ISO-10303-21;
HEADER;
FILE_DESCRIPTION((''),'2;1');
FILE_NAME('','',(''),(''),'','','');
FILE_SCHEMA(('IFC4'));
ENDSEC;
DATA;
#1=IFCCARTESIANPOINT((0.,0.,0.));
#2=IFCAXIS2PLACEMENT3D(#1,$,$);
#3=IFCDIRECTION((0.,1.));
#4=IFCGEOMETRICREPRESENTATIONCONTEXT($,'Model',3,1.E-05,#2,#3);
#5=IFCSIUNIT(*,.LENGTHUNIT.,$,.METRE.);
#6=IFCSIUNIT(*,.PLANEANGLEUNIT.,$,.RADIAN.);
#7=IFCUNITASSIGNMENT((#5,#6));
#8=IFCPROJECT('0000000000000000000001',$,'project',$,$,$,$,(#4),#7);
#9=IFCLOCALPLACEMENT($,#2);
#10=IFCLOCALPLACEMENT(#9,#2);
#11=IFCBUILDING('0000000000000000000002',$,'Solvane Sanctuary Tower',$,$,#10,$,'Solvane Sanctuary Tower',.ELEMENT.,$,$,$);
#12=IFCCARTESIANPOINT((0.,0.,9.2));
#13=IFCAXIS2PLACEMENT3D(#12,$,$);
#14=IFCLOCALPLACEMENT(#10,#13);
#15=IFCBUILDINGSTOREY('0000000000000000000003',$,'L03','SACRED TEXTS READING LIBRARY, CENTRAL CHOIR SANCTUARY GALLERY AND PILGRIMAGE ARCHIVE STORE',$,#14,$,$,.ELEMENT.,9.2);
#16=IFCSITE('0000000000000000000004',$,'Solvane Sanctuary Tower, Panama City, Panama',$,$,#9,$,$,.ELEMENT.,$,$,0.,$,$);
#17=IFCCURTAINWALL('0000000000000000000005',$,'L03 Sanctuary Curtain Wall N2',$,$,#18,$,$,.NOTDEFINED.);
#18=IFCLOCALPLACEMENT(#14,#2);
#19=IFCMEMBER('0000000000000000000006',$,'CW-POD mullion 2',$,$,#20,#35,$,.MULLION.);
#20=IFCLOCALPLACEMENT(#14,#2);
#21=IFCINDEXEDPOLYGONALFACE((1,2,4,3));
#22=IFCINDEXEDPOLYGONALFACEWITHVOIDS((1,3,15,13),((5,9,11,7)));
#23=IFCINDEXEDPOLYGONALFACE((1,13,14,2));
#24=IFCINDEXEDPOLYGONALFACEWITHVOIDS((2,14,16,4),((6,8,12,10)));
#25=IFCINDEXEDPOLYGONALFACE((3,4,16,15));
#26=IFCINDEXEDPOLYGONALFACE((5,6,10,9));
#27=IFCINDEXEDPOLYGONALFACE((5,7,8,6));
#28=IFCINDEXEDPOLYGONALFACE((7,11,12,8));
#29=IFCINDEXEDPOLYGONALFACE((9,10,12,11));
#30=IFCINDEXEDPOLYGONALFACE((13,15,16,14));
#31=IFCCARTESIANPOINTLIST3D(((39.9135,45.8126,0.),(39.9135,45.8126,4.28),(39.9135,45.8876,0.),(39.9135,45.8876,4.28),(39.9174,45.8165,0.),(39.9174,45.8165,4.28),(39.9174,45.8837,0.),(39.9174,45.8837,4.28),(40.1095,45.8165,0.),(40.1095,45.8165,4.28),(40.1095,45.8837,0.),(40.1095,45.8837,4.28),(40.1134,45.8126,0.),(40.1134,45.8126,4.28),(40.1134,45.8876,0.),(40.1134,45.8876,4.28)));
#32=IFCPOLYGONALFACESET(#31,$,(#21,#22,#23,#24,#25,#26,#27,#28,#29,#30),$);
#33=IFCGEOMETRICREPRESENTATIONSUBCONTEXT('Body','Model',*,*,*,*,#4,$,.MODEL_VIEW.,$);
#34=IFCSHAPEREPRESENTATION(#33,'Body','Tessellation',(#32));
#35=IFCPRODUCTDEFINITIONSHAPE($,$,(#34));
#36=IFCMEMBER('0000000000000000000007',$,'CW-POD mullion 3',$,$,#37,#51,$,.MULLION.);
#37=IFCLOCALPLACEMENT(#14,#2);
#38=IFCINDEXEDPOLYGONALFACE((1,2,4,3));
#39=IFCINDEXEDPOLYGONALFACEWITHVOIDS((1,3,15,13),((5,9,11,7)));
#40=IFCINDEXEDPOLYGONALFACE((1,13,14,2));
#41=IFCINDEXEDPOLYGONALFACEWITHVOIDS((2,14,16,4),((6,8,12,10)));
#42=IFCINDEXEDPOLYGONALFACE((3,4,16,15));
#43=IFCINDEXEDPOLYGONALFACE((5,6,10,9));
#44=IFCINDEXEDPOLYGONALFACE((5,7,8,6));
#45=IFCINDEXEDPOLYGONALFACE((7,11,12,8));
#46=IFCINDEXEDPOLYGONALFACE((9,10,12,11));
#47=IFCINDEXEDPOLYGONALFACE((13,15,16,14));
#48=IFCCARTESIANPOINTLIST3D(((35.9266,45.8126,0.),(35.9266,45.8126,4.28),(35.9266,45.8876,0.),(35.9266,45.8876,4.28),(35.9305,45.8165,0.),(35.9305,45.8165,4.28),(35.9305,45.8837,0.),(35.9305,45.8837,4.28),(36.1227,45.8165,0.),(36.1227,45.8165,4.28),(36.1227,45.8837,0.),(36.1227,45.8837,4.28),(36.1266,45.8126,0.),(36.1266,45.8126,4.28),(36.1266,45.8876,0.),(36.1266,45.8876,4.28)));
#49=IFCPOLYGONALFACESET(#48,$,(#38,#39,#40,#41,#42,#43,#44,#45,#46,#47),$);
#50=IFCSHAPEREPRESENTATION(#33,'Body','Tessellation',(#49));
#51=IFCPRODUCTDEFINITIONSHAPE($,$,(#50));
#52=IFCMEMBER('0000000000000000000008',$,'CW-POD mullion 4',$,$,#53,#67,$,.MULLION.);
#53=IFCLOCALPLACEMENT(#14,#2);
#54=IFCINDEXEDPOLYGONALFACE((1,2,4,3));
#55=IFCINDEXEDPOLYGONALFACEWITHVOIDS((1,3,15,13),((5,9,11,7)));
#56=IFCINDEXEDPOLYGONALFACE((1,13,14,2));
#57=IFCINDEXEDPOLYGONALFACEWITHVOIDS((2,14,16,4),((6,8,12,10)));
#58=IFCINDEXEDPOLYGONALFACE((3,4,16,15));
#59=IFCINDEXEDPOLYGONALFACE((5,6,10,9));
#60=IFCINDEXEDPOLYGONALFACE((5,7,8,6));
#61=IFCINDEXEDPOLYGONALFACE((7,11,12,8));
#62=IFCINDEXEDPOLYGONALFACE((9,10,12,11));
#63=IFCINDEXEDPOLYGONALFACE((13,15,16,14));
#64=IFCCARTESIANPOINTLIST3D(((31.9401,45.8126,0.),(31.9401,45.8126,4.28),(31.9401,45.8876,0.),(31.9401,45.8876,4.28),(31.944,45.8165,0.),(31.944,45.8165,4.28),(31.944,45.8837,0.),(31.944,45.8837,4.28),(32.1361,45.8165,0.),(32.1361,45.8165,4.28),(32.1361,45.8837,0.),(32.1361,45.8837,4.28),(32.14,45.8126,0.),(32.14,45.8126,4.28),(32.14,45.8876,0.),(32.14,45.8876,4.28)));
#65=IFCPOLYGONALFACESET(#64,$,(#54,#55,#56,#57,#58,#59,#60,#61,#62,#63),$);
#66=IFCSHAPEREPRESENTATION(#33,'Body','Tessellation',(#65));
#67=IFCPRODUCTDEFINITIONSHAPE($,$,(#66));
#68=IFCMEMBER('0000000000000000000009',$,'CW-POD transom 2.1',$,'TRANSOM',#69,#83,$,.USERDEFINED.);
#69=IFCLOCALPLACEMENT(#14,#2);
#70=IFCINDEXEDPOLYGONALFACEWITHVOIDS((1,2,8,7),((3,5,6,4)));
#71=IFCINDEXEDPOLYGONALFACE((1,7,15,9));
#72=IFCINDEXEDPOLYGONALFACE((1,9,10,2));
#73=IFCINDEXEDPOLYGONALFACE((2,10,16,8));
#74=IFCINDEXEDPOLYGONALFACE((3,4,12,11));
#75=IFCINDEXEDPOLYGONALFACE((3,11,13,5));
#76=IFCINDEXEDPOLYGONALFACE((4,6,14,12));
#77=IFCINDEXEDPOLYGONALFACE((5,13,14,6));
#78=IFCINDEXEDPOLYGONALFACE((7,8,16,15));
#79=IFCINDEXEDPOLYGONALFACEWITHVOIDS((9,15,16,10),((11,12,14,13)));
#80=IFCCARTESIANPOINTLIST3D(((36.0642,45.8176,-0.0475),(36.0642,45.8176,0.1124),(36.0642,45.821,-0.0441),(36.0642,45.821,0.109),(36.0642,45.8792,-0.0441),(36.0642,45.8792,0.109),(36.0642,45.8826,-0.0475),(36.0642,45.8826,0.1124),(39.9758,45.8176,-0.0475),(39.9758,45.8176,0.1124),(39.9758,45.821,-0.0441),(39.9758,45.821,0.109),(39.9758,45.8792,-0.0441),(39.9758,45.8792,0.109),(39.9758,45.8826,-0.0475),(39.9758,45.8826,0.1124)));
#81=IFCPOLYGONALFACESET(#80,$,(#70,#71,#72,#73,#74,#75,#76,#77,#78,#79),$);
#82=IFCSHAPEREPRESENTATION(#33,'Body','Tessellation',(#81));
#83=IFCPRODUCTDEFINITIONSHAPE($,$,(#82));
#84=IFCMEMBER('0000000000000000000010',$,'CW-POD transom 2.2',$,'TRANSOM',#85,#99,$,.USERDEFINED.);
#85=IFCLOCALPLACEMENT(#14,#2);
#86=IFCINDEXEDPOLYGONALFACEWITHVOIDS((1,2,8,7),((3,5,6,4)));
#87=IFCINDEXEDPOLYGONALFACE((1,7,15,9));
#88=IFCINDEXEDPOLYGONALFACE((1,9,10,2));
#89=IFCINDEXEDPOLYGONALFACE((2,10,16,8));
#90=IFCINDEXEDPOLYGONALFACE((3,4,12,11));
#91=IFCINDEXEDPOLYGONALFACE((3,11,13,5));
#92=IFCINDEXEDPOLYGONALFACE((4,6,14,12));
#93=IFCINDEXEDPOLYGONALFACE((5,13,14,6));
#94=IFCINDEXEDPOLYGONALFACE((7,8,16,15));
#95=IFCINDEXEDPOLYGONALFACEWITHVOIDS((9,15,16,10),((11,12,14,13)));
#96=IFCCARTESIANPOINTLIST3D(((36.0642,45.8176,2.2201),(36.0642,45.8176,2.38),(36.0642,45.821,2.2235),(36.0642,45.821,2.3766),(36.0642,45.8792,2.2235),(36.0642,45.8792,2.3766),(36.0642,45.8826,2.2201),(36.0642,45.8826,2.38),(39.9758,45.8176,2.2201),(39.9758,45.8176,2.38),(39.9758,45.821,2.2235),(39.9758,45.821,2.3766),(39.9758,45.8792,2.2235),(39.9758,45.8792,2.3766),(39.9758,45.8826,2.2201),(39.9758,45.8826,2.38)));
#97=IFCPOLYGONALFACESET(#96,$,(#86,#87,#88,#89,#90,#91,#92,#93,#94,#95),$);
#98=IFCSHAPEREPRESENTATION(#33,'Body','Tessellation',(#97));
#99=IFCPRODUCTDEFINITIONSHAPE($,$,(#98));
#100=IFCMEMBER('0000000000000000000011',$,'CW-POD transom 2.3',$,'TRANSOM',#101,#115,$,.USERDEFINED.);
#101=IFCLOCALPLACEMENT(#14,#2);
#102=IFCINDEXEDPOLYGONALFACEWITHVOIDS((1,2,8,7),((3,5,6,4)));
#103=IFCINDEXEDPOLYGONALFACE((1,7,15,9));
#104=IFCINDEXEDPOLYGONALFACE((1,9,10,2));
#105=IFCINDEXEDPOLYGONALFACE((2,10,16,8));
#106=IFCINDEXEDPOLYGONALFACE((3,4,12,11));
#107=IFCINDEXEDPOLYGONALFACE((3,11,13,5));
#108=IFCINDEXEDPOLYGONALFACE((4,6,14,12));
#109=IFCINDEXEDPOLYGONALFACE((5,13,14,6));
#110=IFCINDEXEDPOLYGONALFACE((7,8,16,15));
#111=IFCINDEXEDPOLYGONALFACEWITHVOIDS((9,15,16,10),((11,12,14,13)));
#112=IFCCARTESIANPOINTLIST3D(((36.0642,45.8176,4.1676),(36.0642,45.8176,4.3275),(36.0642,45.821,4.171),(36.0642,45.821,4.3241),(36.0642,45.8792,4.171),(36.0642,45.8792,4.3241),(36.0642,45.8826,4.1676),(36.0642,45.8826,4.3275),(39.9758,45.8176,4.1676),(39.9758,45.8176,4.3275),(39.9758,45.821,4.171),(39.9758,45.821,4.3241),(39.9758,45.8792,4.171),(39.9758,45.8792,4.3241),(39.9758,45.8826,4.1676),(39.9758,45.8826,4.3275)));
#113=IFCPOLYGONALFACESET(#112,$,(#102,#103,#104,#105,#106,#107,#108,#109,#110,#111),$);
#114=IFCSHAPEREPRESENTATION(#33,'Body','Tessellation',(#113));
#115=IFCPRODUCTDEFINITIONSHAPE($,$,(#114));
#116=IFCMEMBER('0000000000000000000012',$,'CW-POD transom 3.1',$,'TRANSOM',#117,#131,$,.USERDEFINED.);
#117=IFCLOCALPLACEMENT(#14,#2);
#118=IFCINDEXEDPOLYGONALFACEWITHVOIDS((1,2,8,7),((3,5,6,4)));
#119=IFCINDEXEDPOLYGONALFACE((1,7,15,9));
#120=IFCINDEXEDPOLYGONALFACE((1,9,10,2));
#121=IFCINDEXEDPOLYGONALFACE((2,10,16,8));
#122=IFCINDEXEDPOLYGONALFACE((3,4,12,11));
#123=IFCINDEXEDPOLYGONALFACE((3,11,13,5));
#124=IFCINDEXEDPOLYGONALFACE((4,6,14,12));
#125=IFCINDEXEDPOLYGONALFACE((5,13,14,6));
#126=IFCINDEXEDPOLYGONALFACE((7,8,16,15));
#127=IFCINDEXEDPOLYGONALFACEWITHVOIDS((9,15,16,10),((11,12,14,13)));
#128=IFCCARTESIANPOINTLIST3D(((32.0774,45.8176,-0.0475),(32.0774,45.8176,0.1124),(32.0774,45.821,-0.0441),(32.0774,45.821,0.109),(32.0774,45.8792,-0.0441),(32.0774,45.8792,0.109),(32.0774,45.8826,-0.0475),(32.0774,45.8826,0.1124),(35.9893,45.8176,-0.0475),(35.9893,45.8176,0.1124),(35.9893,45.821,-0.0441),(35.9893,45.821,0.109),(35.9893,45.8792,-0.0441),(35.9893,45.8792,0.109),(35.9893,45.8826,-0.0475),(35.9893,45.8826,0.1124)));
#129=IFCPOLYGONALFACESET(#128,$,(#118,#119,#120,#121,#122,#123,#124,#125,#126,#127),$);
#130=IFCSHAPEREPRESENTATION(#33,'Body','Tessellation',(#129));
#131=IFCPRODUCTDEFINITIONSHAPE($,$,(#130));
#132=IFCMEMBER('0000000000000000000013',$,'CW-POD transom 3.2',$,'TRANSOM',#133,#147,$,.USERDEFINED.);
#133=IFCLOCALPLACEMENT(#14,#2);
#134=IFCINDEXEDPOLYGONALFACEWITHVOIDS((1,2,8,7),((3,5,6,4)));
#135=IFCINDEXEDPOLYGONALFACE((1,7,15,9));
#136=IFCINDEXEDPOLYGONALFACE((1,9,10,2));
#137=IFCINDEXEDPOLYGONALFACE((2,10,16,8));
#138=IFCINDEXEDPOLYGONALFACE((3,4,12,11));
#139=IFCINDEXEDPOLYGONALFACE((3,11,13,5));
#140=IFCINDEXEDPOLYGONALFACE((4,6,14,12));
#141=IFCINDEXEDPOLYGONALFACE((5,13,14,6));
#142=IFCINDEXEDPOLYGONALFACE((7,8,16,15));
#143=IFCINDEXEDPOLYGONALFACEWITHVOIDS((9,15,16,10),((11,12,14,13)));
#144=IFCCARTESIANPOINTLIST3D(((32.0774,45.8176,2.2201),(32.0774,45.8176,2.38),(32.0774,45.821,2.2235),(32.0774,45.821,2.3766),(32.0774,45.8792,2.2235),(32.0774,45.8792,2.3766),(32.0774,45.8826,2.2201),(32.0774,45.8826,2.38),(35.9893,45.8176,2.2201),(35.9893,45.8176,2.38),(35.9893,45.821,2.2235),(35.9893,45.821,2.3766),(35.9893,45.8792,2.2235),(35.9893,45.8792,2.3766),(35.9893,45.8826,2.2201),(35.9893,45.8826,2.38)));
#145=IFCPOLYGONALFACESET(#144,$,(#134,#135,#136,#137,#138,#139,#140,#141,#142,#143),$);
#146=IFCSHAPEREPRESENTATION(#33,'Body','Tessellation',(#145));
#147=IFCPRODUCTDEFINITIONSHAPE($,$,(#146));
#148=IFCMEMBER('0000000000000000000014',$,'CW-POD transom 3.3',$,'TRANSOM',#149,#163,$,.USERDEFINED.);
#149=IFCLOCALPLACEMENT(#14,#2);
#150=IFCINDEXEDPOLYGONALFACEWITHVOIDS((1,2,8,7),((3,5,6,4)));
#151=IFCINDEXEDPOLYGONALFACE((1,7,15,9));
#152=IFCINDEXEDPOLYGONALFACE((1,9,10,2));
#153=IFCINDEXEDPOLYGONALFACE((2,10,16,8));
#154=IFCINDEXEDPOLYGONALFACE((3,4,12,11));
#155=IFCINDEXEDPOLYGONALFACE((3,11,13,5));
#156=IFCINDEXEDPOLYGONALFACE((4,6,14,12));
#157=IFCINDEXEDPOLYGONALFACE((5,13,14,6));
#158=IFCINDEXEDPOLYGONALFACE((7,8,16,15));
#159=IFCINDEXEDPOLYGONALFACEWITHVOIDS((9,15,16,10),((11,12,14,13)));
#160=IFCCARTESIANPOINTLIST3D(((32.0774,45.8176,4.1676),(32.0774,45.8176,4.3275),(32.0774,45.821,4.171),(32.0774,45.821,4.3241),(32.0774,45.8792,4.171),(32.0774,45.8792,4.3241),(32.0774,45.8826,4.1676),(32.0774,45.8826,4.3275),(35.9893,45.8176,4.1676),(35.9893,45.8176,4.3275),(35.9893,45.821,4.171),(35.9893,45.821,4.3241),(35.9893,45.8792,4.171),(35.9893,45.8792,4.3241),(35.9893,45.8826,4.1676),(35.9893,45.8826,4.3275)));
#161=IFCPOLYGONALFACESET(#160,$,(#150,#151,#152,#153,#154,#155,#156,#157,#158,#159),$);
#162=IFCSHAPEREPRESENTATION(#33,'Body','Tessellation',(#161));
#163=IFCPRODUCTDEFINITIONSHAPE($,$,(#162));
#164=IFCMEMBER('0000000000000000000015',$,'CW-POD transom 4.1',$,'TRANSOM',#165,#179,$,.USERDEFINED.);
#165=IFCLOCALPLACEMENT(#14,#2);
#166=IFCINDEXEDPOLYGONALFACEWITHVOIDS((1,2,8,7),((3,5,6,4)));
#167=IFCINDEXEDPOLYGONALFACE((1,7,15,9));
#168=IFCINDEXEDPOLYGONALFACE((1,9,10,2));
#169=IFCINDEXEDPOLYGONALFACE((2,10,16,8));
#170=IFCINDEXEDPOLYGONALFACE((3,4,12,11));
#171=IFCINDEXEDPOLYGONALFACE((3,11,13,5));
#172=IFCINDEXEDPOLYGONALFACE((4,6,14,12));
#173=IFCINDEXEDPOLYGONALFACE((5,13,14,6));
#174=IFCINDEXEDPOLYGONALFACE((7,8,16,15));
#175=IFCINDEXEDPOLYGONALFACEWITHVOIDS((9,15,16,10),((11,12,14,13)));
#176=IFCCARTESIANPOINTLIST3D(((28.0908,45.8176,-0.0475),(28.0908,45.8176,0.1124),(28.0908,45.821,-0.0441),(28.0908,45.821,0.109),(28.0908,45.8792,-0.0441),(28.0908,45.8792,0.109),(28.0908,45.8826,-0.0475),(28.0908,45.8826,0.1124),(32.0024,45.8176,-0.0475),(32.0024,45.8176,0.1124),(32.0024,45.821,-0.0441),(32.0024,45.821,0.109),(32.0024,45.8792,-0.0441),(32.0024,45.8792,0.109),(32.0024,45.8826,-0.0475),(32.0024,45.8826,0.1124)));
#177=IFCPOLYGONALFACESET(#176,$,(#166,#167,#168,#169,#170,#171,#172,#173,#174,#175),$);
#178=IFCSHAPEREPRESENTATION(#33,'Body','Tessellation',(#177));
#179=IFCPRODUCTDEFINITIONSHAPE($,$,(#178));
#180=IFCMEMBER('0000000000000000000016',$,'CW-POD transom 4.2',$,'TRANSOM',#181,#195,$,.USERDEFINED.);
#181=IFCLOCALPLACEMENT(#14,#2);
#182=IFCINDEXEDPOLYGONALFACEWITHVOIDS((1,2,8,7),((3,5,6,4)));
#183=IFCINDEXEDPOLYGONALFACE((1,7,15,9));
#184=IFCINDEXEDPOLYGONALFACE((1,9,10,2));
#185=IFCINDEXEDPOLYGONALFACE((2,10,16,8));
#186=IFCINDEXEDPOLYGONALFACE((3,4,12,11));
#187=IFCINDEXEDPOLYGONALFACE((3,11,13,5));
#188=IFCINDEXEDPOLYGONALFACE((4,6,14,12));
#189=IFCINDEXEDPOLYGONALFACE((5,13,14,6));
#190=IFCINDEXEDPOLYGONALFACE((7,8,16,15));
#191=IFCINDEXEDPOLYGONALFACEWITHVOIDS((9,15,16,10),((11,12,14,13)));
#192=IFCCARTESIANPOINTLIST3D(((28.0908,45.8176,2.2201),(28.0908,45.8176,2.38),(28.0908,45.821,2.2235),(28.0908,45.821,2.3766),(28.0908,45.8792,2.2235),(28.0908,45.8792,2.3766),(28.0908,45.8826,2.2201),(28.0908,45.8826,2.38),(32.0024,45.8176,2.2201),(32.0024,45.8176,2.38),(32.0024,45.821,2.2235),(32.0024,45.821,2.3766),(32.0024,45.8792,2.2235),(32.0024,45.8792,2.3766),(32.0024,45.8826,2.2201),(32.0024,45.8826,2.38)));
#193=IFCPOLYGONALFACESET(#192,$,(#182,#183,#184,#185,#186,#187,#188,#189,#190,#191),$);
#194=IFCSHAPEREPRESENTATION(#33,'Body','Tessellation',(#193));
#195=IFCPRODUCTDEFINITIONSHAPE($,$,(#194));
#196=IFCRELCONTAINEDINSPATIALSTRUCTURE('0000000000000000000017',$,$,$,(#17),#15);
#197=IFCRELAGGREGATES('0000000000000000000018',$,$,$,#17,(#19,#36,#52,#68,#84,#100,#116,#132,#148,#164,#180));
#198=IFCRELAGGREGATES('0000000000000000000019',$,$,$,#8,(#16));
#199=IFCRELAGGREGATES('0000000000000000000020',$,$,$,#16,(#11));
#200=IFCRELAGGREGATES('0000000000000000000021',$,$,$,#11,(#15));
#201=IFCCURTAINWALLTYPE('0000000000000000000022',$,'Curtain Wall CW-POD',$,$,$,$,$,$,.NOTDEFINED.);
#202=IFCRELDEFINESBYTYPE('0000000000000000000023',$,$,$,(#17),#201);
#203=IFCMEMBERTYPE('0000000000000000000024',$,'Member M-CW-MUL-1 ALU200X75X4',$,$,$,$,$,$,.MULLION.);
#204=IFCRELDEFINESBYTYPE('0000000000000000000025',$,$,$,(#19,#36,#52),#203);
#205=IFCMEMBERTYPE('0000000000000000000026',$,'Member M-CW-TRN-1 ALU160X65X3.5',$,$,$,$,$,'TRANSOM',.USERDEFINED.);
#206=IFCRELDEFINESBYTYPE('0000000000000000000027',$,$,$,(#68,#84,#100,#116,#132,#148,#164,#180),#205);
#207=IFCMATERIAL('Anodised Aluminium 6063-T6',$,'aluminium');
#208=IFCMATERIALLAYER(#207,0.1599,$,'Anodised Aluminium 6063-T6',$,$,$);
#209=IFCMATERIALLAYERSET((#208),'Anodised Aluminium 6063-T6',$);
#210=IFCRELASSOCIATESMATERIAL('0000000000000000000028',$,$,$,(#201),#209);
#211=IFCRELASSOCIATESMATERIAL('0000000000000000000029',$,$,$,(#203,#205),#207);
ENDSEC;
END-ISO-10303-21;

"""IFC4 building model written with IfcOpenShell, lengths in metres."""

from ifc_helpers import new_model, si_unit, direction, frame, origin, origin_2d, place, context, subcontext, project, spatial, hollow_rectangle, extrude, material, layer, layer_set, material_profile, profile_set, type_object, element, aggregate, save


model = new_model("IFC4")

# Units and contexts
model_context = context("Model", 3, precision=1e-05, world=origin(), true_north=direction((0.0, 1.0)))
body_context = subcontext(model_context, "Body", "Model", "MODEL_VIEW")
ifc_project = project(units=[si_unit("LENGTHUNIT", "METRE"), si_unit("PLANEANGLEUNIT", "RADIAN")], contexts=[model_context])

# Site, building, storey
site_placement = place(None, origin())
site = spatial("IfcSite", under=ifc_project, at=site_placement, Name="Solvane Sanctuary Tower, Panama City, Panama", CompositionType="ELEMENT", RefElevation=0.0)
building_placement = place(site_placement, origin())
building = spatial("IfcBuilding", under=site, at=building_placement, Name="Solvane Sanctuary Tower", LongName="Solvane Sanctuary Tower", CompositionType="ELEMENT")
storey_placement = place(building_placement, frame((0.0, 0.0, 9.2)))
storey = spatial("IfcBuildingStorey", under=building, at=storey_placement, Name="L03", Description="SACRED TEXTS READING LIBRARY, CENTRAL CHOIR SANCTUARY GALLERY AND PILGRIMAGE ARCHIVE STORE", CompositionType="ELEMENT", Elevation=9.2)

# Curtain wall, members
ifc_material_1 = material(Name="Anodised Aluminium 6063-T6", Category="aluminium")
ifc_layer_1 = layer(ifc_material_1, 0.1599, Name="Anodised Aluminium 6063-T6")
ifc_layer_set_1 = layer_set([ifc_layer_1], Name="Anodised Aluminium 6063-T6")
curtain_wall_type = type_object("IfcCurtainWallType", Name="Curtain Wall CW-POD", PredefinedType="NOTDEFINED", material=ifc_layer_set_1)
curtain_wall_placement = place(storey_placement, origin())
curtain_wall = element("IfcCurtainWall", 1, at=curtain_wall_placement, inside=storey, type_object=curtain_wall_type, Name="L03 Sanctuary Curtain Wall N2", PredefinedType="NOTDEFINED")
ifc_material_profile_1 = material_profile(ifc_material_1, hollow_rectangle(XDim=0.075, YDim=0.2, WallThickness=0.0039, at=origin_2d()), Name="ALU200X75X4")
ifc_profile_set_1 = profile_set([ifc_material_profile_1], Name="Anodised Aluminium 6063-T6")
member_type_1 = type_object("IfcMemberType", Name="Member M-CW-MUL-1 ALU200X75X4", PredefinedType="MULLION", material=ifc_profile_set_1)
member_1_placement = place(storey_placement, frame((40.0134, 45.8501, 0.0), z_axis=(0.0, 0.0, 1.0), x_axis=(0.0, -1.0, 0.0)))
member_1 = element("IfcMember", 2, at=member_1_placement, type_object=member_type_1, Name="CW-POD mullion 2", PredefinedType="MULLION", context=body_context, shape_type="SweptSolid", body=[
    extrude(hollow_rectangle(XDim=0.075, YDim=0.2, WallThickness=0.0039, at=origin_2d()), origin(), (0.0, 0.0, 1.0), 4.28),
])
member_2_placement = place(storey_placement, frame((36.0266, 45.8501, 0.0), z_axis=(0.0, 0.0, 1.0), x_axis=(0.0, -1.0, 0.0)))
member_2 = element("IfcMember", 3, at=member_2_placement, type_object=member_type_1, Name="CW-POD mullion 3", PredefinedType="MULLION", context=body_context, shape_type="SweptSolid", body=[
    extrude(hollow_rectangle(XDim=0.075, YDim=0.2, WallThickness=0.0039, at=origin_2d()), origin(), (0.0, 0.0, 1.0), 4.28),
])
member_3_placement = place(storey_placement, frame((32.04, 45.8501, 0.0), z_axis=(0.0, 0.0, 1.0), x_axis=(0.0, -1.0, 0.0)))
member_3 = element("IfcMember", 4, at=member_3_placement, type_object=member_type_1, Name="CW-POD mullion 4", PredefinedType="MULLION", context=body_context, shape_type="SweptSolid", body=[
    extrude(hollow_rectangle(XDim=0.075, YDim=0.2, WallThickness=0.0039, at=origin_2d()), origin(), (0.0, 0.0, 1.0), 4.28),
])
ifc_material_profile_2 = material_profile(ifc_material_1, hollow_rectangle(XDim=0.0649, YDim=0.1599, WallThickness=0.0034, at=origin_2d()), Name="ALU160X65X3.5")
ifc_profile_set_2 = profile_set([ifc_material_profile_2], Name="Anodised Aluminium 6063-T6")
member_type_2 = type_object("IfcMemberType", Name="Member M-CW-TRN-1 ALU160X65X3.5", ElementType="TRANSOM", PredefinedType="USERDEFINED", material=ifc_profile_set_2)
member_4_placement = place(storey_placement, frame((39.9758, 45.8501, 0.0325), z_axis=(-1.0, 0.0, 0.0), x_axis=(0.0, -1.0, 0.0)))
member_4 = element("IfcMember", 5, at=member_4_placement, type_object=member_type_2, Name="CW-POD transom 2.1", ObjectType="TRANSOM", PredefinedType="USERDEFINED", context=body_context, shape_type="SweptSolid", body=[
    extrude(hollow_rectangle(XDim=0.0649, YDim=0.1599, WallThickness=0.0034, at=origin_2d()), origin(), (0.0, 0.0, 1.0), 3.9116),
])
member_5_placement = place(storey_placement, frame((39.9758, 45.8501, 2.3), z_axis=(-1.0, 0.0, 0.0), x_axis=(0.0, -1.0, 0.0)))
member_5 = element("IfcMember", 6, at=member_5_placement, type_object=member_type_2, Name="CW-POD transom 2.2", ObjectType="TRANSOM", PredefinedType="USERDEFINED", context=body_context, shape_type="SweptSolid", body=[
    extrude(hollow_rectangle(XDim=0.0649, YDim=0.1599, WallThickness=0.0034, at=origin_2d()), origin(), (0.0, 0.0, 1.0), 3.9116),
])
member_6_placement = place(storey_placement, frame((39.9758, 45.8501, 4.2476), z_axis=(-1.0, 0.0, 0.0), x_axis=(0.0, -1.0, 0.0)))
member_6 = element("IfcMember", 7, at=member_6_placement, type_object=member_type_2, Name="CW-POD transom 2.3", ObjectType="TRANSOM", PredefinedType="USERDEFINED", context=body_context, shape_type="SweptSolid", body=[
    extrude(hollow_rectangle(XDim=0.0649, YDim=0.1599, WallThickness=0.0034, at=origin_2d()), origin(), (0.0, 0.0, 1.0), 3.9116),
])
member_7_placement = place(storey_placement, frame((35.9893, 45.8501, 0.0325), z_axis=(-1.0, 0.0, 0.0), x_axis=(0.0, -1.0, 0.0)))
member_7 = element("IfcMember", 8, at=member_7_placement, type_object=member_type_2, Name="CW-POD transom 3.1", ObjectType="TRANSOM", PredefinedType="USERDEFINED", context=body_context, shape_type="SweptSolid", body=[
    extrude(hollow_rectangle(XDim=0.0649, YDim=0.1599, WallThickness=0.0034, at=origin_2d()), origin(), (0.0, 0.0, 1.0), 3.9119),
])
member_8_placement = place(storey_placement, frame((35.9893, 45.8501, 2.3), z_axis=(-1.0, 0.0, 0.0), x_axis=(0.0, -1.0, 0.0)))
member_8 = element("IfcMember", 9, at=member_8_placement, type_object=member_type_2, Name="CW-POD transom 3.2", ObjectType="TRANSOM", PredefinedType="USERDEFINED", context=body_context, shape_type="SweptSolid", body=[
    extrude(hollow_rectangle(XDim=0.0649, YDim=0.1599, WallThickness=0.0034, at=origin_2d()), origin(), (0.0, 0.0, 1.0), 3.9119),
])
member_9_placement = place(storey_placement, frame((35.9893, 45.8501, 4.2476), z_axis=(-1.0, 0.0, 0.0), x_axis=(0.0, -1.0, 0.0)))
member_9 = element("IfcMember", 10, at=member_9_placement, type_object=member_type_2, Name="CW-POD transom 3.3", ObjectType="TRANSOM", PredefinedType="USERDEFINED", context=body_context, shape_type="SweptSolid", body=[
    extrude(hollow_rectangle(XDim=0.0649, YDim=0.1599, WallThickness=0.0034, at=origin_2d()), origin(), (0.0, 0.0, 1.0), 3.9119),
])
member_10_placement = place(storey_placement, frame((32.0024, 45.8501, 0.0325), z_axis=(-1.0, 0.0, 0.0), x_axis=(0.0, -1.0, 0.0)))
member_10 = element("IfcMember", 11, at=member_10_placement, type_object=member_type_2, Name="CW-POD transom 4.1", ObjectType="TRANSOM", PredefinedType="USERDEFINED", context=body_context, shape_type="SweptSolid", body=[
    extrude(hollow_rectangle(XDim=0.0649, YDim=0.1599, WallThickness=0.0034, at=origin_2d()), origin(), (0.0, 0.0, 1.0), 3.9116),
])
member_11_placement = place(storey_placement, frame((32.0024, 45.8501, 2.3), z_axis=(-1.0, 0.0, 0.0), x_axis=(0.0, -1.0, 0.0)))
member_11 = element("IfcMember", 12, at=member_11_placement, type_object=member_type_2, Name="CW-POD transom 4.2", ObjectType="TRANSOM", PredefinedType="USERDEFINED", context=body_context, shape_type="SweptSolid", body=[
    extrude(hollow_rectangle(XDim=0.0649, YDim=0.1599, WallThickness=0.0034, at=origin_2d()), origin(), (0.0, 0.0, 1.0), 3.9116),
])
aggregate(curtain_wall, [member_1, member_2, member_3, member_4, member_5, member_6, member_7, member_8, member_9, member_10, member_11])

save(model, "model.ifc")
